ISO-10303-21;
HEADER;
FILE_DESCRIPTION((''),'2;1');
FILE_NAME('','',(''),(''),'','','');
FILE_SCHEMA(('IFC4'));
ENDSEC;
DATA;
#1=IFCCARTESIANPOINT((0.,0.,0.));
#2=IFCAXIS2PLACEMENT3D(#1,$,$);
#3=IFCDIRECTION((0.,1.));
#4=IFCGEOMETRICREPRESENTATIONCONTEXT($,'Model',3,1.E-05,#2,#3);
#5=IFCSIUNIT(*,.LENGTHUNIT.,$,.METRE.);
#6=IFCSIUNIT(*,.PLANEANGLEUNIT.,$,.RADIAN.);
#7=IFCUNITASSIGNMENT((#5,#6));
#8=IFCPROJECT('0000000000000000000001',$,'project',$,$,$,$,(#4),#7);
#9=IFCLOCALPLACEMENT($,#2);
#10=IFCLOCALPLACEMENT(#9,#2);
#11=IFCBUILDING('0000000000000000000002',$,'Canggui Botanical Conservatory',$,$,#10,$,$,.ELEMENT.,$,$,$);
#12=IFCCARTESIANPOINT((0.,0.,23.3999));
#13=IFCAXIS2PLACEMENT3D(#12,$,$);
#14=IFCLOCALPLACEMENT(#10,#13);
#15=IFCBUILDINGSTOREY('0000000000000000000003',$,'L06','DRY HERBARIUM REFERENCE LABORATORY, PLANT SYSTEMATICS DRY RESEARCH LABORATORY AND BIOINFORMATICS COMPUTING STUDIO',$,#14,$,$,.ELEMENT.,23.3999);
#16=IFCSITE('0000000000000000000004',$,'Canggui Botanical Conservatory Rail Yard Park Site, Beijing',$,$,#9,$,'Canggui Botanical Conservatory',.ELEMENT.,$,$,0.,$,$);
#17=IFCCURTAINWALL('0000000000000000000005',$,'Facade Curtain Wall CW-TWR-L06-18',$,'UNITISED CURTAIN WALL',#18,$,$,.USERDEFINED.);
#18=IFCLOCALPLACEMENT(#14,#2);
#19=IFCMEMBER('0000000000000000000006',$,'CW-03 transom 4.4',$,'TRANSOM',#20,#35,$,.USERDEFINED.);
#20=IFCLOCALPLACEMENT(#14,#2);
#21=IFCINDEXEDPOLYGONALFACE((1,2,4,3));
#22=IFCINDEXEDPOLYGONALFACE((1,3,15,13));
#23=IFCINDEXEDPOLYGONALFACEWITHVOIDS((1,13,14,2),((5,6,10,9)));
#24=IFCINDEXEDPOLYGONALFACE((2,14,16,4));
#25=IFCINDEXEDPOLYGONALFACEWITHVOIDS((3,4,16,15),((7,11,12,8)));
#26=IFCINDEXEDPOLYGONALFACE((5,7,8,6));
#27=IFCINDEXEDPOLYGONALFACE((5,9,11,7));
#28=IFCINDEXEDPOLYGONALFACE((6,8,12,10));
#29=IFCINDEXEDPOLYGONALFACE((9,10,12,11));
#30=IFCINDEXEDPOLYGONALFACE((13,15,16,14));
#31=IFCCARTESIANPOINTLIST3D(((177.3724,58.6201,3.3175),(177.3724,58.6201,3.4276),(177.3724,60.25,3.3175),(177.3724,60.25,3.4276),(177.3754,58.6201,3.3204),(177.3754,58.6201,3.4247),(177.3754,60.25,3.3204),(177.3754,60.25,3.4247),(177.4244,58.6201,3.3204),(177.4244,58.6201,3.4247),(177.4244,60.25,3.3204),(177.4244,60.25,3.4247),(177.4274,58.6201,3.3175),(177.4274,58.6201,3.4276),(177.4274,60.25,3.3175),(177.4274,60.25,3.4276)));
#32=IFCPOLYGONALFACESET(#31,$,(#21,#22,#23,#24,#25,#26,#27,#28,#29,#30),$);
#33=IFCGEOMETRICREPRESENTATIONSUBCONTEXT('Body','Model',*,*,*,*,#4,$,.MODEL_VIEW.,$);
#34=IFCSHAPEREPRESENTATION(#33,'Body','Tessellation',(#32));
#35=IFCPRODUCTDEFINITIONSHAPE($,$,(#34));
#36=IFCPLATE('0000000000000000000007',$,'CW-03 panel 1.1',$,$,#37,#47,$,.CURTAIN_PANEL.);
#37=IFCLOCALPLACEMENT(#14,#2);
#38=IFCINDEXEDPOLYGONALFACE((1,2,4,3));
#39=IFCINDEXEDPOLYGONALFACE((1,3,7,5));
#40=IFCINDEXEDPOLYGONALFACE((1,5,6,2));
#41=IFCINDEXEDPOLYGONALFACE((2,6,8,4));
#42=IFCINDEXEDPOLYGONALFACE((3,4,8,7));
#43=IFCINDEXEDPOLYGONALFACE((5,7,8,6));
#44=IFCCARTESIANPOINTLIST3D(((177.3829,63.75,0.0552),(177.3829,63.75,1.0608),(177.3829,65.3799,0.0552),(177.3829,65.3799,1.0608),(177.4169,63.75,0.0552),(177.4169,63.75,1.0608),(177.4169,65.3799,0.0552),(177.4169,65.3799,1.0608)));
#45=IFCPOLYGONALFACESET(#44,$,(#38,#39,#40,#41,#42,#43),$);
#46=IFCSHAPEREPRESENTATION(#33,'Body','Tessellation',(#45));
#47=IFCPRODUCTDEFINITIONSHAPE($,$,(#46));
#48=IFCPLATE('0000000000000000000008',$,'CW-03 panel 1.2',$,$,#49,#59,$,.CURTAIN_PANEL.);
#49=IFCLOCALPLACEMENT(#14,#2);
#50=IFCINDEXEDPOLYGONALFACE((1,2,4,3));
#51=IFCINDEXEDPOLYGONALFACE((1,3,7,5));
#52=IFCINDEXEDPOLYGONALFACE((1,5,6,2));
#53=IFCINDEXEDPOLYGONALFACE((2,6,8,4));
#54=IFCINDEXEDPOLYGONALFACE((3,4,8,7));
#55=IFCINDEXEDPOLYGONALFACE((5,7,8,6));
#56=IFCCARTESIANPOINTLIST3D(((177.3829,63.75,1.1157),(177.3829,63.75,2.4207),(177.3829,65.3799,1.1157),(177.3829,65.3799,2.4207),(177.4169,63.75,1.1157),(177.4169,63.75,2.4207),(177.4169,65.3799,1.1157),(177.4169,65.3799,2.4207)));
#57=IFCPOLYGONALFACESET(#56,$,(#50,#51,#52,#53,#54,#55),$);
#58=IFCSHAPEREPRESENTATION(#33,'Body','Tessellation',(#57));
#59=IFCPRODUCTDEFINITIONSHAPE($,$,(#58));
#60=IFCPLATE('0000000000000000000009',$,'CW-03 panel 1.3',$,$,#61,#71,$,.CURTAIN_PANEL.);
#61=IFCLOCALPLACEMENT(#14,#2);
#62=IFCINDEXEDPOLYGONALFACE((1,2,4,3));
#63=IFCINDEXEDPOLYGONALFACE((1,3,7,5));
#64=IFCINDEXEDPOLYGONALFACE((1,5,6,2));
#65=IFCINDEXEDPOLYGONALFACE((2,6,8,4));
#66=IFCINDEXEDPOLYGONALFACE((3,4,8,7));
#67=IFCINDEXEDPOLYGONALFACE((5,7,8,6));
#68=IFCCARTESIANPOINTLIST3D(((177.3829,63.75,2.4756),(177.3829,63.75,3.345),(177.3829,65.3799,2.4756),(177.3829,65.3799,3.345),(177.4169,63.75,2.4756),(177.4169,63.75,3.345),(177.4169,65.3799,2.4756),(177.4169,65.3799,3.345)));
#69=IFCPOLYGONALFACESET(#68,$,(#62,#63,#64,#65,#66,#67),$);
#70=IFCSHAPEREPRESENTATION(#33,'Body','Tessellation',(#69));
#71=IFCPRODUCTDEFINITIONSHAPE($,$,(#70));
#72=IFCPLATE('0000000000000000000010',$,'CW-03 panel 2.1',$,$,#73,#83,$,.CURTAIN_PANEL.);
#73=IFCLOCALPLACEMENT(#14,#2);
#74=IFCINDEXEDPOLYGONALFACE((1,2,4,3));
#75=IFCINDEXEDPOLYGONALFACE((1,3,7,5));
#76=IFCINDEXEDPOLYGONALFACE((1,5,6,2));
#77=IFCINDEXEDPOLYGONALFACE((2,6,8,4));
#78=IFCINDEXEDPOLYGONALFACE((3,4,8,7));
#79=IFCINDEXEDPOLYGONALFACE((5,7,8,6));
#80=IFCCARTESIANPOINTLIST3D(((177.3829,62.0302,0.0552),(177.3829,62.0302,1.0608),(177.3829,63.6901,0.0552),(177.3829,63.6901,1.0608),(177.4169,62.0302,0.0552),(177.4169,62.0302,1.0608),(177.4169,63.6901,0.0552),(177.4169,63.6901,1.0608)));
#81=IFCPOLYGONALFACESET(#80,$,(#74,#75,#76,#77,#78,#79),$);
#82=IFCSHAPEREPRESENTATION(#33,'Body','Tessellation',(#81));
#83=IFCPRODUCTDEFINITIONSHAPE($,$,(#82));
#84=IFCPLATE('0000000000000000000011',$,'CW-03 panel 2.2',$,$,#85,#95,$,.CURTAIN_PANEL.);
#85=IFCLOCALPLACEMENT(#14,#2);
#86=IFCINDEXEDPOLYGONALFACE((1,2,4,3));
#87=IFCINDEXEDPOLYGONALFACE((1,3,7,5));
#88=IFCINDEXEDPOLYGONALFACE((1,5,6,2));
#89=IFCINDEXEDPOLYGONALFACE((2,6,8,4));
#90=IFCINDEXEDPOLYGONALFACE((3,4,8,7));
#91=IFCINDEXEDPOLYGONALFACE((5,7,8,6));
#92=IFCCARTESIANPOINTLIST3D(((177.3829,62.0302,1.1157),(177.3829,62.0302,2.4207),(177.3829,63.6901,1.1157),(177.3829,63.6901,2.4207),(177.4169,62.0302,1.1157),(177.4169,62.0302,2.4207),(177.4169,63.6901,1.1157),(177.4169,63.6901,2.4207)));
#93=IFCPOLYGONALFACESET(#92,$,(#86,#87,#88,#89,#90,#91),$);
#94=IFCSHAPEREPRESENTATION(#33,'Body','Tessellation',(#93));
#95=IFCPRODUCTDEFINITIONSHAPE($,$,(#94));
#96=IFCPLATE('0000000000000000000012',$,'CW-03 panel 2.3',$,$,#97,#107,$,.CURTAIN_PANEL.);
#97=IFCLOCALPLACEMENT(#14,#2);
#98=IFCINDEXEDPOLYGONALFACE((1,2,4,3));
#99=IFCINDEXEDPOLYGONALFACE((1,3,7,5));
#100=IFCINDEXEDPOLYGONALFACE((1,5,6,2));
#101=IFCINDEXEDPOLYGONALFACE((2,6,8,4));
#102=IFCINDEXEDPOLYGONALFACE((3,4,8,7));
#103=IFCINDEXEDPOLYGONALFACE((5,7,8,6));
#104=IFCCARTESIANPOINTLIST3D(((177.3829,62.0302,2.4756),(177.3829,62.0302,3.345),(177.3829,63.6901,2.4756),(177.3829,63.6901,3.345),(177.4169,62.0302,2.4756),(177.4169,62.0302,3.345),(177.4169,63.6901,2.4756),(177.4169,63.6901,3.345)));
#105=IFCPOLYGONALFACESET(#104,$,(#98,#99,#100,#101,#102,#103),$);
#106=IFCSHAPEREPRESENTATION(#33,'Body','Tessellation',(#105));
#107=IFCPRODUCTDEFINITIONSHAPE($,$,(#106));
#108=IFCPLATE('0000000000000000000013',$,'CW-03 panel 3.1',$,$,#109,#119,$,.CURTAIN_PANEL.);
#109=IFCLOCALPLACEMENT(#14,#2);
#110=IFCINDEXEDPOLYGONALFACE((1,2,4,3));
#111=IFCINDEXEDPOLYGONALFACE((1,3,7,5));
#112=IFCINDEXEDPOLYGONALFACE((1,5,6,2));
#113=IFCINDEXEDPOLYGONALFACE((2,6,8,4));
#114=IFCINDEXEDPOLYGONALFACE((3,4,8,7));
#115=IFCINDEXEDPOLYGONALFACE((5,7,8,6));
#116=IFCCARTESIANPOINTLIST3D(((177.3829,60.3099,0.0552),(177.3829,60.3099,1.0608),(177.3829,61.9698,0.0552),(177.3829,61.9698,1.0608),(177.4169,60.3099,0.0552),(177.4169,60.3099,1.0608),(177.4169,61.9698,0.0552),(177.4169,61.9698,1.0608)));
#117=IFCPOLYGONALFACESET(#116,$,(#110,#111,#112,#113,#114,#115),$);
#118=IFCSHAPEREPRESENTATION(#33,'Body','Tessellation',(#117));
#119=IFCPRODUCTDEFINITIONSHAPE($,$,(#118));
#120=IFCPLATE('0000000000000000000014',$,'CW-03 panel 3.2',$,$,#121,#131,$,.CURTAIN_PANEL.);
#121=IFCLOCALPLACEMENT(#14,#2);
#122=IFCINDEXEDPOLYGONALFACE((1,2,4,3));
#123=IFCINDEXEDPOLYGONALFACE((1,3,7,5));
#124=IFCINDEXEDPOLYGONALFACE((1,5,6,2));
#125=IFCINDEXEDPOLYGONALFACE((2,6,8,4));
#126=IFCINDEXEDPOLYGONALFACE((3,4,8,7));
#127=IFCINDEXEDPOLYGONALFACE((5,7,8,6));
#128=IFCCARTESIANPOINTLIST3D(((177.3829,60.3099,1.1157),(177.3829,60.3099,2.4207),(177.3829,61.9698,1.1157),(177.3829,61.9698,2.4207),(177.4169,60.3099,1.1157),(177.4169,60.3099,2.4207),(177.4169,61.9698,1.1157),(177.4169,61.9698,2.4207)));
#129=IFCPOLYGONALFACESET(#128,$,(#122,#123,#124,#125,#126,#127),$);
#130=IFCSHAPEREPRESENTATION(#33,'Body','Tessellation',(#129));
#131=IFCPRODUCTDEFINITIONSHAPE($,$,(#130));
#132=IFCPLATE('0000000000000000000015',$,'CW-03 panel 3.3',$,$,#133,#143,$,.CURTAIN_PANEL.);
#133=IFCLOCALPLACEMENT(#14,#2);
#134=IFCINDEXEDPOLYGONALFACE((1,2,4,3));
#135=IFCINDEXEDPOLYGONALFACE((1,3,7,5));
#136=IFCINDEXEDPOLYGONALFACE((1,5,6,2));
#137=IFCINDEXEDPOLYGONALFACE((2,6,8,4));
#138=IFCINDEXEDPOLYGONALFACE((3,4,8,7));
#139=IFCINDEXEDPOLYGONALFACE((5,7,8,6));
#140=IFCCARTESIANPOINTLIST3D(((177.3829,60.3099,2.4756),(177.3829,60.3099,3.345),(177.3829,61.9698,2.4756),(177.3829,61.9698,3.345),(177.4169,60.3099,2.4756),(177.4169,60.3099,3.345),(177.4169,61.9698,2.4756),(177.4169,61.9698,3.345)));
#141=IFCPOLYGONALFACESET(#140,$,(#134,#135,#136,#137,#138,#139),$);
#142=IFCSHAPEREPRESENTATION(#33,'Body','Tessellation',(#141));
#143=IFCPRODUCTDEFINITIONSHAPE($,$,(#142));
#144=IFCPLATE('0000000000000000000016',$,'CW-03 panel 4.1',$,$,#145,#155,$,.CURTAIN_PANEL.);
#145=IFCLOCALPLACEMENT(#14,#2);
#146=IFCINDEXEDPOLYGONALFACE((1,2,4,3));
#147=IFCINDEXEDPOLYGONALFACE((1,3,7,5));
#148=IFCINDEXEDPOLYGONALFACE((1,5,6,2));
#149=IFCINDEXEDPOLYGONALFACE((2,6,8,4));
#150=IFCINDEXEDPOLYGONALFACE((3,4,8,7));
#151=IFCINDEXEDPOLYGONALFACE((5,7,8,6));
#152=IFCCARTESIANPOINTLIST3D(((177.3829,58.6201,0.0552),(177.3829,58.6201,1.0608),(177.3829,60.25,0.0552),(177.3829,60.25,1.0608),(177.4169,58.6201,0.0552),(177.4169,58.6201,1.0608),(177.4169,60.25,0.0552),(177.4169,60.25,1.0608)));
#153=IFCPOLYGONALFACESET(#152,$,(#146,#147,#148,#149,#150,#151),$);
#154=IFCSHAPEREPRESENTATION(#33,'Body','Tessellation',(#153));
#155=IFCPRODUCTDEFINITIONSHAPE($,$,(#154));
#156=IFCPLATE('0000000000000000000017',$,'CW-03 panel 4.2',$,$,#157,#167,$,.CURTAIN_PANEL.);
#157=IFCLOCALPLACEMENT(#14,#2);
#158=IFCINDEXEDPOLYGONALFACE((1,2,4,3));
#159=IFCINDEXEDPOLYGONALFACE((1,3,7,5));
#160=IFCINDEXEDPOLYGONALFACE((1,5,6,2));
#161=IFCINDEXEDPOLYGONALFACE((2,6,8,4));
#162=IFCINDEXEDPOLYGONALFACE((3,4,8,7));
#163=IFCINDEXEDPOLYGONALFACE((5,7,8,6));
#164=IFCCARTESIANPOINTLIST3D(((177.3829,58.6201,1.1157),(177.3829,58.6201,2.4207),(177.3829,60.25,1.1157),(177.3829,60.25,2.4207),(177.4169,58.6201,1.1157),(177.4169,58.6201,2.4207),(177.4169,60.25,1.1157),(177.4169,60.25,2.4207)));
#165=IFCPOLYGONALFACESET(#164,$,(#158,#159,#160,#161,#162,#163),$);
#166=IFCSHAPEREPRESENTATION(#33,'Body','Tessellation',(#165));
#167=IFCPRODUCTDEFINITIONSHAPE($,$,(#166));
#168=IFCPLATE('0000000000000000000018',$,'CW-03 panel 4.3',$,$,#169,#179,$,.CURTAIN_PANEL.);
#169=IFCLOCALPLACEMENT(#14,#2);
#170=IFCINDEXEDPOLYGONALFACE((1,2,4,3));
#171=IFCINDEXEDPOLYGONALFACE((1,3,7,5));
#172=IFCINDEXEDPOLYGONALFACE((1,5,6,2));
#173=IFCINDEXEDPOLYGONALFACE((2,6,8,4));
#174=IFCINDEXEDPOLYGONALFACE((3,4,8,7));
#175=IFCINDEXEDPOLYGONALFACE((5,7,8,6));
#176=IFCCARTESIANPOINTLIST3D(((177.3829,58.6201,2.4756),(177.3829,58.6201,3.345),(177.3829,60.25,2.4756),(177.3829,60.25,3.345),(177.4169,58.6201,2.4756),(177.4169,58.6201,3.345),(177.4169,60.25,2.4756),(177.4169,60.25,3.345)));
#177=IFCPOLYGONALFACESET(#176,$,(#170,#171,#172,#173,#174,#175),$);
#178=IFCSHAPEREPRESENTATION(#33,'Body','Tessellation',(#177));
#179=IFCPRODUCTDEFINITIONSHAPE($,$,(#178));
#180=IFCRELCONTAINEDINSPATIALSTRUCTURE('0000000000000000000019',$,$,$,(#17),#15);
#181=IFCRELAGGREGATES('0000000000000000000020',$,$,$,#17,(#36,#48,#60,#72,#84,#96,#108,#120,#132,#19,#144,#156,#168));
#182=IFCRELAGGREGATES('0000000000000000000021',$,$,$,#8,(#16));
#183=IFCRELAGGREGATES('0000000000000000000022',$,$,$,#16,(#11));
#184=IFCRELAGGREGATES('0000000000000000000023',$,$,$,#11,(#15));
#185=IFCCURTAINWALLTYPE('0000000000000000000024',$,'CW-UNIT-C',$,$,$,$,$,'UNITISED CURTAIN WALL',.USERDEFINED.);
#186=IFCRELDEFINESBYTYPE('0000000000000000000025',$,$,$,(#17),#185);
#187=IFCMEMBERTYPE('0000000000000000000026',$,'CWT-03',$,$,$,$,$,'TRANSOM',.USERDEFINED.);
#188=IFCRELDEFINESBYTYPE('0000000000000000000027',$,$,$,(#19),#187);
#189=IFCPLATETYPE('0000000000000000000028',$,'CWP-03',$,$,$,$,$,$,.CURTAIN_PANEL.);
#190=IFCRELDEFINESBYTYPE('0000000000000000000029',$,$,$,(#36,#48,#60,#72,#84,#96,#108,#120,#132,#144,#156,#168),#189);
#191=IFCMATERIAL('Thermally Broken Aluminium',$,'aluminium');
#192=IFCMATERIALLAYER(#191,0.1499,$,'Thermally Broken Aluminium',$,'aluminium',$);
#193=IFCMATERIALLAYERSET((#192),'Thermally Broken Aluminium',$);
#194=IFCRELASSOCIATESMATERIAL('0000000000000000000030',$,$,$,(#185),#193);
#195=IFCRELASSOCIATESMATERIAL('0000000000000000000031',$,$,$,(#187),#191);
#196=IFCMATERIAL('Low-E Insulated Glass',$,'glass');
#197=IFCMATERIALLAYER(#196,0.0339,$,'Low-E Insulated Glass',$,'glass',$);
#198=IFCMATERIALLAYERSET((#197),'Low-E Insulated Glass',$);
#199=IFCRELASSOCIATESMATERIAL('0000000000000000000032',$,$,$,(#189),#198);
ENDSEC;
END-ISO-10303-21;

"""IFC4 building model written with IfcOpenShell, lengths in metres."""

from ifc_helpers import new_model, si_unit, direction, frame, origin, origin_2d, place, context, subcontext, project, spatial, rectangle, hollow_rectangle, extrude, material, layer, layer_set, material_profile, profile_set, type_object, element, aggregate, save


model = new_model("IFC4")

# Units and contexts
model_context = context("Model", 3, precision=1e-05, world=origin(), true_north=direction((0.0, 1.0)))
body_context = subcontext(model_context, "Body", "Model", "MODEL_VIEW")
ifc_project = project(units=[si_unit("LENGTHUNIT", "METRE"), si_unit("PLANEANGLEUNIT", "RADIAN")], contexts=[model_context])

# Site, building, storey
site_placement = place(None, origin())
site = spatial("IfcSite", under=ifc_project, at=site_placement, Name="Canggui Botanical Conservatory Rail Yard Park Site, Beijing", LongName="Canggui Botanical Conservatory", CompositionType="ELEMENT", RefElevation=0.0)
building_placement = place(site_placement, origin())
building = spatial("IfcBuilding", under=site, at=building_placement, Name="Canggui Botanical Conservatory", CompositionType="ELEMENT")
storey_placement = place(building_placement, frame((0.0, 0.0, 23.3999)))
storey = spatial("IfcBuildingStorey", under=building, at=storey_placement, Name="L06", Description="DRY HERBARIUM REFERENCE LABORATORY, PLANT SYSTEMATICS DRY RESEARCH LABORATORY AND BIOINFORMATICS COMPUTING STUDIO", CompositionType="ELEMENT", Elevation=23.3999)

# Curtain wall, member, plates
ifc_material_1 = material(Name="Thermally Broken Aluminium", Category="aluminium")
ifc_layer_1 = layer(ifc_material_1, 0.1499, Name="Thermally Broken Aluminium", Category="aluminium")
ifc_layer_set_1 = layer_set([ifc_layer_1], Name="Thermally Broken Aluminium")
curtain_wall_type = type_object("IfcCurtainWallType", Name="CW-UNIT-C", ElementType="UNITISED CURTAIN WALL", PredefinedType="USERDEFINED", material=ifc_layer_set_1)
curtain_wall_placement = place(storey_placement, origin())
curtain_wall = element("IfcCurtainWall", 1, at=curtain_wall_placement, inside=storey, type_object=curtain_wall_type, Name="Facade Curtain Wall CW-TWR-L06-18", ObjectType="UNITISED CURTAIN WALL", PredefinedType="USERDEFINED")
ifc_material_profile_1 = material_profile(ifc_material_1, hollow_rectangle(XDim=0.0549, YDim=0.1101, WallThickness=0.0029, at=origin_2d()), Name="CWT 55x110x3")
ifc_profile_set_1 = profile_set([ifc_material_profile_1], Name="Thermally Broken Aluminium")
member_type_1 = type_object("IfcMemberType", Name="CWT-03", ElementType="TRANSOM", PredefinedType="USERDEFINED", material=ifc_profile_set_1)
member_1_placement = place(storey_placement, frame((177.3999, 60.25, 3.3726), z_axis=(0.0, -1.0, 0.0), x_axis=(1.0, 0.0, 0.0)))
member_1 = element("IfcMember", 2, at=member_1_placement, type_object=member_type_1, Name="CW-03 transom 4.4", ObjectType="TRANSOM", PredefinedType="USERDEFINED", context=body_context, shape_type="SweptSolid", body=[
    extrude(hollow_rectangle(XDim=0.0549, YDim=0.1101, WallThickness=0.0029, at=origin_2d()), origin(), (0.0, 0.0, 1.0), 1.6299),
])
ifc_material_2 = material(Name="Low-E Insulated Glass", Category="glass")
ifc_layer_2 = layer(ifc_material_2, 0.0339, Name="Low-E Insulated Glass", Category="glass")
ifc_layer_set_2 = layer_set([ifc_layer_2], Name="Low-E Insulated Glass")
plate_type = type_object("IfcPlateType", Name="CWP-03", PredefinedType="CURTAIN_PANEL", material=ifc_layer_set_2)
plate_1_placement = place(storey_placement, frame((177.3999, 64.5649, 0.0552), z_axis=(0.0, 0.0, 1.0), x_axis=(0.0, -1.0, 0.0)))
plate_1 = element("IfcPlate", 3, at=plate_1_placement, type_object=plate_type, Name="CW-03 panel 1.1", PredefinedType="CURTAIN_PANEL", context=body_context, shape_type="SweptSolid", body=[
    extrude(rectangle(XDim=1.6299, YDim=0.0339, at=origin_2d()), origin(), (0.0, 0.0, 1.0), 1.0056),
])
plate_2_placement = place(storey_placement, frame((177.3999, 64.5649, 1.1157), z_axis=(0.0, 0.0, 1.0), x_axis=(0.0, -1.0, 0.0)))
plate_2 = element("IfcPlate", 4, at=plate_2_placement, type_object=plate_type, Name="CW-03 panel 1.2", PredefinedType="CURTAIN_PANEL", context=body_context, shape_type="SweptSolid", body=[
    extrude(rectangle(XDim=1.6299, YDim=0.0339, at=origin_2d()), origin(), (0.0, 0.0, 1.0), 1.3049),
])
plate_3_placement = place(storey_placement, frame((177.3999, 64.5649, 2.4756), z_axis=(0.0, 0.0, 1.0), x_axis=(0.0, -1.0, 0.0)))
plate_3 = element("IfcPlate", 5, at=plate_3_placement, type_object=plate_type, Name="CW-03 panel 1.3", PredefinedType="CURTAIN_PANEL", context=body_context, shape_type="SweptSolid", body=[
    extrude(rectangle(XDim=1.6299, YDim=0.0339, at=origin_2d()), origin(), (0.0, 0.0, 1.0), 0.8694),
])
plate_4_placement = place(storey_placement, frame((177.3999, 62.8601, 0.0552), z_axis=(0.0, 0.0, 1.0), x_axis=(0.0, -1.0, 0.0)))
plate_4 = element("IfcPlate", 6, at=plate_4_placement, type_object=plate_type, Name="CW-03 panel 2.1", PredefinedType="CURTAIN_PANEL", context=body_context, shape_type="SweptSolid", body=[
    extrude(rectangle(XDim=1.6599, YDim=0.0339, at=origin_2d()), origin(), (0.0, 0.0, 1.0), 1.0056),
])
plate_5_placement = place(storey_placement, frame((177.3999, 62.8601, 1.1157), z_axis=(0.0, 0.0, 1.0), x_axis=(0.0, -1.0, 0.0)))
plate_5 = element("IfcPlate", 7, at=plate_5_placement, type_object=plate_type, Name="CW-03 panel 2.2", PredefinedType="CURTAIN_PANEL", context=body_context, shape_type="SweptSolid", body=[
    extrude(rectangle(XDim=1.6599, YDim=0.0339, at=origin_2d()), origin(), (0.0, 0.0, 1.0), 1.3049),
])
plate_6_placement = place(storey_placement, frame((177.3999, 62.8601, 2.4756), z_axis=(0.0, 0.0, 1.0), x_axis=(0.0, -1.0, 0.0)))
plate_6 = element("IfcPlate", 8, at=plate_6_placement, type_object=plate_type, Name="CW-03 panel 2.3", PredefinedType="CURTAIN_PANEL", context=body_context, shape_type="SweptSolid", body=[
    extrude(rectangle(XDim=1.6599, YDim=0.0339, at=origin_2d()), origin(), (0.0, 0.0, 1.0), 0.8694),
])
plate_7_placement = place(storey_placement, frame((177.3999, 61.1399, 0.0552), z_axis=(0.0, 0.0, 1.0), x_axis=(0.0, -1.0, 0.0)))
plate_7 = element("IfcPlate", 9, at=plate_7_placement, type_object=plate_type, Name="CW-03 panel 3.1", PredefinedType="CURTAIN_PANEL", context=body_context, shape_type="SweptSolid", body=[
    extrude(rectangle(XDim=1.6599, YDim=0.0339, at=origin_2d()), origin(), (0.0, 0.0, 1.0), 1.0056),
])
plate_8_placement = place(storey_placement, frame((177.3999, 61.1399, 1.1157), z_axis=(0.0, 0.0, 1.0), x_axis=(0.0, -1.0, 0.0)))
plate_8 = element("IfcPlate", 10, at=plate_8_placement, type_object=plate_type, Name="CW-03 panel 3.2", PredefinedType="CURTAIN_PANEL", context=body_context, shape_type="SweptSolid", body=[
    extrude(rectangle(XDim=1.6599, YDim=0.0339, at=origin_2d()), origin(), (0.0, 0.0, 1.0), 1.3049),
])
plate_9_placement = place(storey_placement, frame((177.3999, 61.1399, 2.4756), z_axis=(0.0, 0.0, 1.0), x_axis=(0.0, -1.0, 0.0)))
plate_9 = element("IfcPlate", 11, at=plate_9_placement, type_object=plate_type, Name="CW-03 panel 3.3", PredefinedType="CURTAIN_PANEL", context=body_context, shape_type="SweptSolid", body=[
    extrude(rectangle(XDim=1.6599, YDim=0.0339, at=origin_2d()), origin(), (0.0, 0.0, 1.0), 0.8694),
])
plate_10_placement = place(storey_placement, frame((177.3999, 59.4351, 0.0552), z_axis=(0.0, 0.0, 1.0), x_axis=(0.0, -1.0, 0.0)))
plate_10 = element("IfcPlate", 12, at=plate_10_placement, type_object=plate_type, Name="CW-03 panel 4.1", PredefinedType="CURTAIN_PANEL", context=body_context, shape_type="SweptSolid", body=[
    extrude(rectangle(XDim=1.6299, YDim=0.0339, at=origin_2d()), origin(), (0.0, 0.0, 1.0), 1.0056),
])
plate_11_placement = place(storey_placement, frame((177.3999, 59.4351, 1.1157), z_axis=(0.0, 0.0, 1.0), x_axis=(0.0, -1.0, 0.0)))
plate_11 = element("IfcPlate", 13, at=plate_11_placement, type_object=plate_type, Name="CW-03 panel 4.2", PredefinedType="CURTAIN_PANEL", context=body_context, shape_type="SweptSolid", body=[
    extrude(rectangle(XDim=1.6299, YDim=0.0339, at=origin_2d()), origin(), (0.0, 0.0, 1.0), 1.3049),
])
plate_12_placement = place(storey_placement, frame((177.3999, 59.4351, 2.4756), z_axis=(0.0, 0.0, 1.0), x_axis=(0.0, -1.0, 0.0)))
plate_12 = element("IfcPlate", 14, at=plate_12_placement, type_object=plate_type, Name="CW-03 panel 4.3", PredefinedType="CURTAIN_PANEL", context=body_context, shape_type="SweptSolid", body=[
    extrude(rectangle(XDim=1.6299, YDim=0.0339, at=origin_2d()), origin(), (0.0, 0.0, 1.0), 0.8694),
])
aggregate(curtain_wall, [plate_1, plate_2, plate_3, plate_4, plate_5, plate_6, plate_7, plate_8, plate_9, member_1, plate_10, plate_11, plate_12])

save(model, "model.ifc")
